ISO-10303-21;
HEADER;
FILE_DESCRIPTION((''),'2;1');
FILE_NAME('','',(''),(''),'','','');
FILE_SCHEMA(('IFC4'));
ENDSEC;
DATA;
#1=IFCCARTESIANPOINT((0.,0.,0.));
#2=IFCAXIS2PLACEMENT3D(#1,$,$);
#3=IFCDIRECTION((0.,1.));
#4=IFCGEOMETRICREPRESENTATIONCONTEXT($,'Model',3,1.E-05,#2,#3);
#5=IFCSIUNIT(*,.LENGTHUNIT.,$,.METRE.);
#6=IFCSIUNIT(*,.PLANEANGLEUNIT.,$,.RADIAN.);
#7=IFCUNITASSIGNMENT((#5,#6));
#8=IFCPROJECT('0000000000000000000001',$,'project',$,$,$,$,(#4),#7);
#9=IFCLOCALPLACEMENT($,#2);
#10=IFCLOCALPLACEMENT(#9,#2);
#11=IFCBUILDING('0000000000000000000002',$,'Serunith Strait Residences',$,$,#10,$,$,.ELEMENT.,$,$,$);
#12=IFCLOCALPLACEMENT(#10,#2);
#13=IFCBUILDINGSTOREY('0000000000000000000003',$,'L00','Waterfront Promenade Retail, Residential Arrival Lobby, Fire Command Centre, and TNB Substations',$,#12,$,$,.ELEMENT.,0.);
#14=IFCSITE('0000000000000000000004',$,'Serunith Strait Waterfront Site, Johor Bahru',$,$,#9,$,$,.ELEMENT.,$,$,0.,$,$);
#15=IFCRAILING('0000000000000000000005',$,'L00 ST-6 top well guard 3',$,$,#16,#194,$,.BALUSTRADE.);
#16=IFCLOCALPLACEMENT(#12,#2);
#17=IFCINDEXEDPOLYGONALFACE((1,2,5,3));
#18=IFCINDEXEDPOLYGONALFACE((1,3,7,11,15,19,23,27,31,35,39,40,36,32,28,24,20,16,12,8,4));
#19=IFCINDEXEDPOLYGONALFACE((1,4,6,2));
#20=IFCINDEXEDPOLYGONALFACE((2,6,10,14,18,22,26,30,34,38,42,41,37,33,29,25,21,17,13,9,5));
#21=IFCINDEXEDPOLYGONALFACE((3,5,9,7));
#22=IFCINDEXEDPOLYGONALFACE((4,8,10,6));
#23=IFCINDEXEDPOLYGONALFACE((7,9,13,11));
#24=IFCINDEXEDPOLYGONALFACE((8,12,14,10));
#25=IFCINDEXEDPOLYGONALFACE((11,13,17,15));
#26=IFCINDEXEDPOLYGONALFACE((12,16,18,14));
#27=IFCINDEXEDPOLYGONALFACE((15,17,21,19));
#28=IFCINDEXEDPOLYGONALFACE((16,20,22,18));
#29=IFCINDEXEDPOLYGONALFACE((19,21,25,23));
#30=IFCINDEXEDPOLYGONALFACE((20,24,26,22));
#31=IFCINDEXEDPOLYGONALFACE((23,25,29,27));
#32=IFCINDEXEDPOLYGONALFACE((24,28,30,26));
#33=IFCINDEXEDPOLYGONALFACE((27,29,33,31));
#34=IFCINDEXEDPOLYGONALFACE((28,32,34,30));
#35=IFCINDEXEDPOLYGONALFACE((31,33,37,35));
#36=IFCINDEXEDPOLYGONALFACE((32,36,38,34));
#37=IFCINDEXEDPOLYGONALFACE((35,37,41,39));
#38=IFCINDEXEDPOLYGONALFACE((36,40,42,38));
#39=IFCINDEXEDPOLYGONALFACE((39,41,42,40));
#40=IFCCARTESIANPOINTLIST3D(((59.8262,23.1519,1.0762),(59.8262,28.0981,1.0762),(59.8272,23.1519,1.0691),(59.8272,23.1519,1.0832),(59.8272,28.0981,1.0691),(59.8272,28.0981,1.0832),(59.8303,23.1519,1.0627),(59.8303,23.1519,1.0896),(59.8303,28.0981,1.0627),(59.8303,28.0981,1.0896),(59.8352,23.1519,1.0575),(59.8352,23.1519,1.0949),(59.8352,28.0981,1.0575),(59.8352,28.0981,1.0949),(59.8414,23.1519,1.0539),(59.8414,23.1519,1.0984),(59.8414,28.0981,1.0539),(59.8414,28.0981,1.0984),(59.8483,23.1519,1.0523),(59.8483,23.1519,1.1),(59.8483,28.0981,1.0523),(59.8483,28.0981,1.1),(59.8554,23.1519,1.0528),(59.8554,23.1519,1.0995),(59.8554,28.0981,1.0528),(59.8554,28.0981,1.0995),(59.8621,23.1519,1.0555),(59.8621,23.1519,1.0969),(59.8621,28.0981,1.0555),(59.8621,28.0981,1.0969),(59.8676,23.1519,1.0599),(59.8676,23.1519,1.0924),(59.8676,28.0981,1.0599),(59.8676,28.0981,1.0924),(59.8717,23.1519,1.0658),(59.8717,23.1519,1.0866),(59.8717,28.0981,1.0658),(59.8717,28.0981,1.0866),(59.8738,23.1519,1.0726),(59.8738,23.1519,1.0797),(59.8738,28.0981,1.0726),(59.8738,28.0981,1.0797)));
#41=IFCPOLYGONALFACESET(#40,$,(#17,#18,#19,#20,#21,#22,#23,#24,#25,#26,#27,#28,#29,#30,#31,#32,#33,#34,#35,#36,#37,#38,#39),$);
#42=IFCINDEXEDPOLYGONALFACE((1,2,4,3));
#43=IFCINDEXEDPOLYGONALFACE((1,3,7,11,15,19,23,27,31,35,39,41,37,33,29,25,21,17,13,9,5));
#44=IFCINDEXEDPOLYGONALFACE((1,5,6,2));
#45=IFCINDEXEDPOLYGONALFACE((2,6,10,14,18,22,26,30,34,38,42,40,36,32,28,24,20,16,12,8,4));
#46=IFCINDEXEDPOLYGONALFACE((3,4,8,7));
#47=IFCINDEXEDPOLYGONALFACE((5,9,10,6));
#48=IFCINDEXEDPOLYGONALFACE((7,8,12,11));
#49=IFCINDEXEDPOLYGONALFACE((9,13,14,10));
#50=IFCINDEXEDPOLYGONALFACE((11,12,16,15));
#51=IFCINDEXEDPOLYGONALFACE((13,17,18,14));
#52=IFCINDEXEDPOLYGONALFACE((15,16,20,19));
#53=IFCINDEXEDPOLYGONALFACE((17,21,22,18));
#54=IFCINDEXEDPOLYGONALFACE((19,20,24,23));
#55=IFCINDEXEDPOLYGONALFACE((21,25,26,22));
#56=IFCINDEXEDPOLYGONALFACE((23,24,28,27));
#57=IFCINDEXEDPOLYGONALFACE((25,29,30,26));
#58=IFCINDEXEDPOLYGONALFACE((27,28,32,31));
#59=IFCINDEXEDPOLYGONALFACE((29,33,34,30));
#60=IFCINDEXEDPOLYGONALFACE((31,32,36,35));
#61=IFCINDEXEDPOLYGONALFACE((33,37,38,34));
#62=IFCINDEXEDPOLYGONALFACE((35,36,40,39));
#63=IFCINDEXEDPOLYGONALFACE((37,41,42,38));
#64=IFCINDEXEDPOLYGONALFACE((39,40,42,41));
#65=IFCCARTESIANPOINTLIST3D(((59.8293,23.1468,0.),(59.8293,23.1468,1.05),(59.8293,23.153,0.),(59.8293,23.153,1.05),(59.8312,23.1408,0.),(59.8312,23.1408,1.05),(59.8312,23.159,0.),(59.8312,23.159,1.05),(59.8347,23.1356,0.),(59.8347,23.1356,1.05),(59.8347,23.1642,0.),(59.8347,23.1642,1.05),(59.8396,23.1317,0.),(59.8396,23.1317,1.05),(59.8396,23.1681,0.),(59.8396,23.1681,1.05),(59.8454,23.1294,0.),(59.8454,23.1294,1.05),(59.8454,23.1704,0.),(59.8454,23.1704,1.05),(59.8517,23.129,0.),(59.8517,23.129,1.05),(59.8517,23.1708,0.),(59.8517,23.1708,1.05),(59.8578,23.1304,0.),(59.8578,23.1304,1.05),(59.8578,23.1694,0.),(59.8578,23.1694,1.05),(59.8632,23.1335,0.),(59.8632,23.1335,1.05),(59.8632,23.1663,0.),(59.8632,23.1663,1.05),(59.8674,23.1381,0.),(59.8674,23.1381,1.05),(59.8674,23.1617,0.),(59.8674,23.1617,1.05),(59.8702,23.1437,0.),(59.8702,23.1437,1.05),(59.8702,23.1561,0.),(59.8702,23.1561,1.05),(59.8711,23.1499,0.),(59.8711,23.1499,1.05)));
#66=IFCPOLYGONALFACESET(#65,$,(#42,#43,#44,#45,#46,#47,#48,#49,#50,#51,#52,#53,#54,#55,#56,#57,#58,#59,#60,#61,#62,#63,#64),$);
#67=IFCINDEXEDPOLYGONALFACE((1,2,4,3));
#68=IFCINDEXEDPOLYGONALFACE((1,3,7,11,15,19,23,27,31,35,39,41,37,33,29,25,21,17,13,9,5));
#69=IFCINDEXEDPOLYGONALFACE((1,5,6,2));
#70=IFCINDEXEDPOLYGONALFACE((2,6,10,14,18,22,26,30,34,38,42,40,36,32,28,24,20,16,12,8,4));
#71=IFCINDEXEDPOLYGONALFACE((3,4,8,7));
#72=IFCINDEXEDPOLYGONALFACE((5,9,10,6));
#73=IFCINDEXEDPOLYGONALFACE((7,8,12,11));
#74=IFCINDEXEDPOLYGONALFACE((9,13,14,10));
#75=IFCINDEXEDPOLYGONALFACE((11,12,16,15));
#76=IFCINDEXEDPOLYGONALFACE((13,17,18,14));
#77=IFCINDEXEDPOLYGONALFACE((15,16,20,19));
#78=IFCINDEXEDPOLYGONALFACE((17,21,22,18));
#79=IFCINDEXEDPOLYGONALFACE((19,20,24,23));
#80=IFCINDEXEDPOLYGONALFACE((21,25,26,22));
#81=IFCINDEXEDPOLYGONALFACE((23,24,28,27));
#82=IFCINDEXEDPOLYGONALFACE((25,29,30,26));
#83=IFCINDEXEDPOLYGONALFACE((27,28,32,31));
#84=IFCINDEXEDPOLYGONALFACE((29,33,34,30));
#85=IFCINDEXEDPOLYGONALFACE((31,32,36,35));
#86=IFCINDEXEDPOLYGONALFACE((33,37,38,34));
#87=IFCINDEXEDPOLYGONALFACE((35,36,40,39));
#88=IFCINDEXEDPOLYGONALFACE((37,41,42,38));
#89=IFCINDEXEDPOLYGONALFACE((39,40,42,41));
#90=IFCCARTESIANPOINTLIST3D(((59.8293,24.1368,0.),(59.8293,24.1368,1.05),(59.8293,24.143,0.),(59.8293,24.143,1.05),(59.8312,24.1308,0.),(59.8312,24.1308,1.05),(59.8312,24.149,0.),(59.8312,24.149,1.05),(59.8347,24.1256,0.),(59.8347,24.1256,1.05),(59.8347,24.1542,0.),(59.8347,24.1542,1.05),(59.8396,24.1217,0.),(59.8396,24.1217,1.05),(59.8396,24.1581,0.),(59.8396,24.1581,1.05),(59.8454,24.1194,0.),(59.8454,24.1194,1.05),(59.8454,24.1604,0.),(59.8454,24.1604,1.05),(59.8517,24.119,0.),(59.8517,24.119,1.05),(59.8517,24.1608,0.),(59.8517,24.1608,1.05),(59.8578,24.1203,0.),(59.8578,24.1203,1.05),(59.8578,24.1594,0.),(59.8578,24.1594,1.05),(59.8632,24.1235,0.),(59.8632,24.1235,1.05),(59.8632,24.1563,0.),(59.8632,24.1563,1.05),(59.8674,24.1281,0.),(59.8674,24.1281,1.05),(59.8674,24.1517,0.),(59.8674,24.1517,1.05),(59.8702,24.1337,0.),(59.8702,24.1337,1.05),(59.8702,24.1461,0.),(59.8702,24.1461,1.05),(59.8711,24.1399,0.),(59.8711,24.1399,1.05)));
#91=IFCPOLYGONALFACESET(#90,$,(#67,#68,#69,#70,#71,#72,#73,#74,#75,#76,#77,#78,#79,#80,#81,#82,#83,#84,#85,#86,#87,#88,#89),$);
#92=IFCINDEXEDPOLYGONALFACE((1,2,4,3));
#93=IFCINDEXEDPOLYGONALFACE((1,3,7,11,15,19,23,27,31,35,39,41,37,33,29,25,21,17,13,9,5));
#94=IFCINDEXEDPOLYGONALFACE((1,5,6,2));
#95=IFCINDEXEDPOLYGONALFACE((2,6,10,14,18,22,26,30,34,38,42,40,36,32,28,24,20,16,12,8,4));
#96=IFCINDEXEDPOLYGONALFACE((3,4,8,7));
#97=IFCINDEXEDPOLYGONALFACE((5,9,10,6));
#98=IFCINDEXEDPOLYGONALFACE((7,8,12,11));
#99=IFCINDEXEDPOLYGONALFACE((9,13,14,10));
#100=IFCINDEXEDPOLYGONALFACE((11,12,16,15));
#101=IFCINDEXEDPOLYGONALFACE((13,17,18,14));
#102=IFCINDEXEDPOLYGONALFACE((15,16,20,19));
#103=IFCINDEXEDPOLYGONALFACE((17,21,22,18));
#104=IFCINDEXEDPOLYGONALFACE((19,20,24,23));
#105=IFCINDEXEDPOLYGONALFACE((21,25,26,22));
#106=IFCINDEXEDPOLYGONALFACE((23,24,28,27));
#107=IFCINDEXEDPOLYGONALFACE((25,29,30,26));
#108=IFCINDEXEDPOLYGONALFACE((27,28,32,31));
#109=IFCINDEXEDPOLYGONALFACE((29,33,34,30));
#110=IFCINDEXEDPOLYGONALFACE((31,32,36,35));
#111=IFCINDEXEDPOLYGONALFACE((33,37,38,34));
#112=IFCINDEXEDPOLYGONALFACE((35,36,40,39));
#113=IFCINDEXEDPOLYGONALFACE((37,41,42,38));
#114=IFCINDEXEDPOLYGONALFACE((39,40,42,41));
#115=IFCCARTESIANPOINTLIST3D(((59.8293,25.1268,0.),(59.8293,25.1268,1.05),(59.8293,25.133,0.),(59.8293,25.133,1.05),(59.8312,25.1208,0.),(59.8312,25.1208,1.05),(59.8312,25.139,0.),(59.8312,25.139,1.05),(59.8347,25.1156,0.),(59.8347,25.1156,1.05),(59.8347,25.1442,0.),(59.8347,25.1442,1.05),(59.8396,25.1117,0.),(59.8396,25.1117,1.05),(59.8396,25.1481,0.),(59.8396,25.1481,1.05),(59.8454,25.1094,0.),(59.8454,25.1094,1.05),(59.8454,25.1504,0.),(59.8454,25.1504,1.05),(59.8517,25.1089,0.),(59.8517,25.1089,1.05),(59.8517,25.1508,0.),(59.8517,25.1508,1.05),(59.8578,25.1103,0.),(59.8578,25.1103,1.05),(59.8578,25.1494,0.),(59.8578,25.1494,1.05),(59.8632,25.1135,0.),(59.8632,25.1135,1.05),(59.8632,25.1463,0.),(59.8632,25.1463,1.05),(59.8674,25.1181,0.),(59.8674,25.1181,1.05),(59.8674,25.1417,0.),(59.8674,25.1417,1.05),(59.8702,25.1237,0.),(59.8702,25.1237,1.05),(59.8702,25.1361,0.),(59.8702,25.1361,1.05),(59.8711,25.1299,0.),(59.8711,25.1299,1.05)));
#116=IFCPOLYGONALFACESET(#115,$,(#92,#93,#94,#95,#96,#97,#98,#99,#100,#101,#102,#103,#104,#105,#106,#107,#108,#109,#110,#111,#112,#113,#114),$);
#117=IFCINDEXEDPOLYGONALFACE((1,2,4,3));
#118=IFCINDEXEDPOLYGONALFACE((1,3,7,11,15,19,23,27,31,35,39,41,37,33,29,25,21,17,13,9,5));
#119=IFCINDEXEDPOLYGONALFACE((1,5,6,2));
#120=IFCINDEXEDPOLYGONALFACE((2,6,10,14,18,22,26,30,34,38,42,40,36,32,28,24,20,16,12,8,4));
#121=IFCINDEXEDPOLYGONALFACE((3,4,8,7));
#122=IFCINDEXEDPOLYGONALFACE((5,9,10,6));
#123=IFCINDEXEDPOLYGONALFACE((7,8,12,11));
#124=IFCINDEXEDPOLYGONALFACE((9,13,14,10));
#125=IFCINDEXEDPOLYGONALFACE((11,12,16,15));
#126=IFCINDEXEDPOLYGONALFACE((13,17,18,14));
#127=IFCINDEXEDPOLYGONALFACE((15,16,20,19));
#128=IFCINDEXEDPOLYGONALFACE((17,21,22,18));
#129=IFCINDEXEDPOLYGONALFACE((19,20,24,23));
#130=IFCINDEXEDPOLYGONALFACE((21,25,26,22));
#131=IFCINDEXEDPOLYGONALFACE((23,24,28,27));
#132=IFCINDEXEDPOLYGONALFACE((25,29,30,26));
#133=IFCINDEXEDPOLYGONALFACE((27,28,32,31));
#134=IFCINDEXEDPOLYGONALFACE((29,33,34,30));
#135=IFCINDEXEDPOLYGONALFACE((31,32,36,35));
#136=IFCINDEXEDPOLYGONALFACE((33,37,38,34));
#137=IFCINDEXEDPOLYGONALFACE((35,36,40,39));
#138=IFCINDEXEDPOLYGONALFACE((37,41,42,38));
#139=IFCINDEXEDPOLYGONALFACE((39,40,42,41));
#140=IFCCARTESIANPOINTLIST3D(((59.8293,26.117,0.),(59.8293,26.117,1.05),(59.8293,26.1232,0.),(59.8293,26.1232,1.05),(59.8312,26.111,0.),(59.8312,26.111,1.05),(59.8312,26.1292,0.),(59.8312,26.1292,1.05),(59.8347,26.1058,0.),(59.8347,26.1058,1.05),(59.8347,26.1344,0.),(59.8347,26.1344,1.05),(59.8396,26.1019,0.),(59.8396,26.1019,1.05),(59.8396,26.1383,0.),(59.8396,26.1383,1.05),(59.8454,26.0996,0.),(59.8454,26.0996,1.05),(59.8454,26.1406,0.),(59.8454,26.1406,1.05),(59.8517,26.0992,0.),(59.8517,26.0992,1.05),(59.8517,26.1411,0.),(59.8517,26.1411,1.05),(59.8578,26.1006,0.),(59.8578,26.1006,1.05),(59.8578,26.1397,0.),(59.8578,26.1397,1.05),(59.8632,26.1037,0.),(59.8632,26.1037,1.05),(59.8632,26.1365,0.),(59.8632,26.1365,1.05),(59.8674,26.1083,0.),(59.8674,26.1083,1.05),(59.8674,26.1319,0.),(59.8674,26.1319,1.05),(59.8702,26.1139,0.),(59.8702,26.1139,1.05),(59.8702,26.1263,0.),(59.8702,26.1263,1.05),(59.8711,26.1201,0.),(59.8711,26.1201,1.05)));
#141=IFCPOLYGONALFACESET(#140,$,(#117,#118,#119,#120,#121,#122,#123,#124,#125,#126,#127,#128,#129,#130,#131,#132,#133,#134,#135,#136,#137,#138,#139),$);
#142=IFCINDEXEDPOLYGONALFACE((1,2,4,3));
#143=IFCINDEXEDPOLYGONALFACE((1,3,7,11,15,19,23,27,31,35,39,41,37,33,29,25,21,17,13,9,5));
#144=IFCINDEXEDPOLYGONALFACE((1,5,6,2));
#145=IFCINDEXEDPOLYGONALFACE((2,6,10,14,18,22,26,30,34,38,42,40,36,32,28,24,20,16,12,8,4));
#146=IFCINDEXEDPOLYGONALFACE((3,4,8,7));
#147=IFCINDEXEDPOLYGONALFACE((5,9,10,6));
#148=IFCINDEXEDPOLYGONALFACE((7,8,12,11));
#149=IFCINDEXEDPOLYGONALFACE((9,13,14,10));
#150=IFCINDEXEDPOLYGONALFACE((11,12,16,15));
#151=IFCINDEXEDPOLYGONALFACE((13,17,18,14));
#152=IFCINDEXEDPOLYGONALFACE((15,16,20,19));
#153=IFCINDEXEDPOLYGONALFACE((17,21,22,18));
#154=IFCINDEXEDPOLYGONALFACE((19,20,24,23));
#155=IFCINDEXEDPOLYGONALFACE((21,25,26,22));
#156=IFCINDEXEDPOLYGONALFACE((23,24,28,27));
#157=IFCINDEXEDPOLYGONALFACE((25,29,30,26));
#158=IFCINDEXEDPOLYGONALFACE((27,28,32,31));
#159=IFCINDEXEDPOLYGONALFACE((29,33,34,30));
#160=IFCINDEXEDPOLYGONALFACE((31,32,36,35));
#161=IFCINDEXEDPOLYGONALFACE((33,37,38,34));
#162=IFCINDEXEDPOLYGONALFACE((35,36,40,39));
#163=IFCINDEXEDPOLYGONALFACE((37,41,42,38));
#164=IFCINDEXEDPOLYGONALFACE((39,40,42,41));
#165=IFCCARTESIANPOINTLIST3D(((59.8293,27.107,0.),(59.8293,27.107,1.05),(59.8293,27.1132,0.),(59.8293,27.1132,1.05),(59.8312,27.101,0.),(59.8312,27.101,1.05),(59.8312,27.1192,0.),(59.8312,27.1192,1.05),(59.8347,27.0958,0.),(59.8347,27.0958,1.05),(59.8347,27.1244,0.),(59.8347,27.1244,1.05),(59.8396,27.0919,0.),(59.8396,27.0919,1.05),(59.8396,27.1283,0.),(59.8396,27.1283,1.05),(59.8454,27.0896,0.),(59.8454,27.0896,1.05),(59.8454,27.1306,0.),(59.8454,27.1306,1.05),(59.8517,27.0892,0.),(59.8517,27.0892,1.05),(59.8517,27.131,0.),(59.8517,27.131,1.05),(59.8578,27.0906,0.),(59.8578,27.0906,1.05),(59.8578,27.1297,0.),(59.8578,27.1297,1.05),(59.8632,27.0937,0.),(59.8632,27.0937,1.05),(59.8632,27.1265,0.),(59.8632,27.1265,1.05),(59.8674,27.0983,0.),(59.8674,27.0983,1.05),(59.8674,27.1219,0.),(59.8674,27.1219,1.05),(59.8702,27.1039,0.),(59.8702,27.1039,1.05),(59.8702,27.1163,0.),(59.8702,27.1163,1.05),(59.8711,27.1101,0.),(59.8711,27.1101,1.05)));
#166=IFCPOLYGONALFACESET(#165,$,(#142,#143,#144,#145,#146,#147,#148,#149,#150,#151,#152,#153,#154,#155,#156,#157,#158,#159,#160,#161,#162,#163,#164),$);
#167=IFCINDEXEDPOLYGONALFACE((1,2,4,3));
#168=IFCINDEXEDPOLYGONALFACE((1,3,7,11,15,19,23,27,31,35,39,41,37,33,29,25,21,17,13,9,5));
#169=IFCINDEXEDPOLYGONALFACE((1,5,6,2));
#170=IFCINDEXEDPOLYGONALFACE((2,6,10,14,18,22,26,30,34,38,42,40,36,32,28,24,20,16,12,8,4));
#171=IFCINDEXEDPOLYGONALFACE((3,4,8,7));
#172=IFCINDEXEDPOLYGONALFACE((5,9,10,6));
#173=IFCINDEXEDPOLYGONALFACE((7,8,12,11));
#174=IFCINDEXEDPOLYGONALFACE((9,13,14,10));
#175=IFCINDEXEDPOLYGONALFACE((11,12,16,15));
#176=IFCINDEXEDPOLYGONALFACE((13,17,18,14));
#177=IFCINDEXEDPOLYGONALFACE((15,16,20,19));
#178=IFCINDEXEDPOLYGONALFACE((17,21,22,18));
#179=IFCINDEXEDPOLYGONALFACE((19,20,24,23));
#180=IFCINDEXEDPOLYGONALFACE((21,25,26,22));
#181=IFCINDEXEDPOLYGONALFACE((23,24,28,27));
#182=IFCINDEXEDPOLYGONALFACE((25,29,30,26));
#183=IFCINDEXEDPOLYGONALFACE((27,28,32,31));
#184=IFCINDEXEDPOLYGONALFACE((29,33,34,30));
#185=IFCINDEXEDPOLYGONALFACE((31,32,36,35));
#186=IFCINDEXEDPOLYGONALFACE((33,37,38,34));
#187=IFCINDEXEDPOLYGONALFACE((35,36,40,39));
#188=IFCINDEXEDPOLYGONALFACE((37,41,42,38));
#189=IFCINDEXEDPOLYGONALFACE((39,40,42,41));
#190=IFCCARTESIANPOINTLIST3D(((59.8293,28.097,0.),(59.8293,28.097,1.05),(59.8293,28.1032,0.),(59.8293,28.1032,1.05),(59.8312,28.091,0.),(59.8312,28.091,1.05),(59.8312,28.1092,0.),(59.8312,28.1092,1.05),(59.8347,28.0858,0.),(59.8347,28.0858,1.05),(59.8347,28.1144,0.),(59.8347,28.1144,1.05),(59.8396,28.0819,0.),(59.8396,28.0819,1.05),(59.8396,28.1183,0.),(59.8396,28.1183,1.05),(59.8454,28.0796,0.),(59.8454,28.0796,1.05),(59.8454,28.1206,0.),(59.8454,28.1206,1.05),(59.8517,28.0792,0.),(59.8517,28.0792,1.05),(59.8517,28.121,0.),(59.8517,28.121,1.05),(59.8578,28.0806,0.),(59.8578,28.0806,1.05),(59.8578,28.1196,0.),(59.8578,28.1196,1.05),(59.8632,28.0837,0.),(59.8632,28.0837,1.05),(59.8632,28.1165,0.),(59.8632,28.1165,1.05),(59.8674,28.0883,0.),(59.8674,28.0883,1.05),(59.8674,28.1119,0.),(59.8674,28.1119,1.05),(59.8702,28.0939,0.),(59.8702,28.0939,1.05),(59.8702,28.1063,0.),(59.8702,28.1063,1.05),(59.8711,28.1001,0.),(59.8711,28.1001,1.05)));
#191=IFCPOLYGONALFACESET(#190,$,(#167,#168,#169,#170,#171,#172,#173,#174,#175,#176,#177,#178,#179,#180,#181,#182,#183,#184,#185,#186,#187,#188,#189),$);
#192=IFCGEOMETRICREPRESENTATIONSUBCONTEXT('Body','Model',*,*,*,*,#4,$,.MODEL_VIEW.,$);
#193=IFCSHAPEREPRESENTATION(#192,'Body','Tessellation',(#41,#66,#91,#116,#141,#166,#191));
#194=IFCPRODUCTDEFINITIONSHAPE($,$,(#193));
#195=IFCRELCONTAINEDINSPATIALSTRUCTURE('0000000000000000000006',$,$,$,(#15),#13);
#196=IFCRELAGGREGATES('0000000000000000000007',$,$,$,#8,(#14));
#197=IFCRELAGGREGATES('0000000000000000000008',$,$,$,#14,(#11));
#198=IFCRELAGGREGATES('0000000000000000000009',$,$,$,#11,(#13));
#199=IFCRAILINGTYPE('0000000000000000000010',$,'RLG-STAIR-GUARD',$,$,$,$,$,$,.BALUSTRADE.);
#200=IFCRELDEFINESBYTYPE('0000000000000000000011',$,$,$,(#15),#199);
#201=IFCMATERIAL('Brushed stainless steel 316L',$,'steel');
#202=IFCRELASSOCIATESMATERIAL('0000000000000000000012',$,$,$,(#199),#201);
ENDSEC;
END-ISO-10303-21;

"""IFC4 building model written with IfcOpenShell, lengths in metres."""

from ifc_helpers import new_model, si_unit, direction, frame, origin, origin_2d, place, context, subcontext, project, spatial, circle, extrude, material, type_object, element, save


model = new_model("IFC4")

# Units and contexts
model_context = context("Model", 3, precision=1e-05, world=origin(), true_north=direction((0.0, 1.0)))
body_context = subcontext(model_context, "Body", "Model", "MODEL_VIEW")
ifc_project = project(units=[si_unit("LENGTHUNIT", "METRE"), si_unit("PLANEANGLEUNIT", "RADIAN")], contexts=[model_context])

# Site, building, storey
site_placement = place(None, origin())
site = spatial("IfcSite", under=ifc_project, at=site_placement, Name="Serunith Strait Waterfront Site, Johor Bahru", CompositionType="ELEMENT", RefElevation=0.0)
building_placement = place(site_placement, origin())
building = spatial("IfcBuilding", under=site, at=building_placement, Name="Serunith Strait Residences", CompositionType="ELEMENT")
storey_placement = place(building_placement, origin())
storey = spatial("IfcBuildingStorey", under=building, at=storey_placement, Name="L00", Description="Waterfront Promenade Retail, Residential Arrival Lobby, Fire Command Centre, and TNB Substations", CompositionType="ELEMENT", Elevation=0.0)

# Railing
ifc_material_1 = material(Name="Brushed stainless steel 316L", Category="steel")
railing_type_1 = type_object("IfcRailingType", Name="RLG-STAIR-GUARD", PredefinedType="BALUSTRADE", material=ifc_material_1)
for number, where, name in (
    (1, (59.8501, 23.1499, 0.0), "L00 ST-6 top well guard 3"),
):
    element("IfcRailing", number, at=place(storey_placement, frame(where)), inside=storey, type_object=railing_type_1, Name=name, PredefinedType="BALUSTRADE", context=body_context, shape_type="SweptSolid", body=[
        extrude(circle(Radius=0.0239, at=origin_2d()), frame((0.0, 0.002, 1.0762), z_axis=(0.0, 1.0, 0.0), x_axis=(-1.0, 0.0, 0.0)), (0.0, 0.0, 1.0), 4.9463),
        extrude(circle(Radius=0.021, at=origin_2d()), origin(), (0.0, 0.0, 1.0), 1.05),
        extrude(circle(Radius=0.021, at=origin_2d()), frame((0.0, 0.99, 0.0)), (0.0, 0.0, 1.0), 1.05),
        extrude(circle(Radius=0.021, at=origin_2d()), frame((0.0, 1.98, 0.0)), (0.0, 0.0, 1.0), 1.05),
        extrude(circle(Radius=0.021, at=origin_2d()), frame((0.0, 2.9702, 0.0)), (0.0, 0.0, 1.0), 1.05),
        extrude(circle(Radius=0.021, at=origin_2d()), frame((0.0, 3.9602, 0.0)), (0.0, 0.0, 1.0), 1.05),
        extrude(circle(Radius=0.021, at=origin_2d()), frame((0.0, 4.9502, 0.0)), (0.0, 0.0, 1.0), 1.05),
    ])

save(model, "model.ifc")
